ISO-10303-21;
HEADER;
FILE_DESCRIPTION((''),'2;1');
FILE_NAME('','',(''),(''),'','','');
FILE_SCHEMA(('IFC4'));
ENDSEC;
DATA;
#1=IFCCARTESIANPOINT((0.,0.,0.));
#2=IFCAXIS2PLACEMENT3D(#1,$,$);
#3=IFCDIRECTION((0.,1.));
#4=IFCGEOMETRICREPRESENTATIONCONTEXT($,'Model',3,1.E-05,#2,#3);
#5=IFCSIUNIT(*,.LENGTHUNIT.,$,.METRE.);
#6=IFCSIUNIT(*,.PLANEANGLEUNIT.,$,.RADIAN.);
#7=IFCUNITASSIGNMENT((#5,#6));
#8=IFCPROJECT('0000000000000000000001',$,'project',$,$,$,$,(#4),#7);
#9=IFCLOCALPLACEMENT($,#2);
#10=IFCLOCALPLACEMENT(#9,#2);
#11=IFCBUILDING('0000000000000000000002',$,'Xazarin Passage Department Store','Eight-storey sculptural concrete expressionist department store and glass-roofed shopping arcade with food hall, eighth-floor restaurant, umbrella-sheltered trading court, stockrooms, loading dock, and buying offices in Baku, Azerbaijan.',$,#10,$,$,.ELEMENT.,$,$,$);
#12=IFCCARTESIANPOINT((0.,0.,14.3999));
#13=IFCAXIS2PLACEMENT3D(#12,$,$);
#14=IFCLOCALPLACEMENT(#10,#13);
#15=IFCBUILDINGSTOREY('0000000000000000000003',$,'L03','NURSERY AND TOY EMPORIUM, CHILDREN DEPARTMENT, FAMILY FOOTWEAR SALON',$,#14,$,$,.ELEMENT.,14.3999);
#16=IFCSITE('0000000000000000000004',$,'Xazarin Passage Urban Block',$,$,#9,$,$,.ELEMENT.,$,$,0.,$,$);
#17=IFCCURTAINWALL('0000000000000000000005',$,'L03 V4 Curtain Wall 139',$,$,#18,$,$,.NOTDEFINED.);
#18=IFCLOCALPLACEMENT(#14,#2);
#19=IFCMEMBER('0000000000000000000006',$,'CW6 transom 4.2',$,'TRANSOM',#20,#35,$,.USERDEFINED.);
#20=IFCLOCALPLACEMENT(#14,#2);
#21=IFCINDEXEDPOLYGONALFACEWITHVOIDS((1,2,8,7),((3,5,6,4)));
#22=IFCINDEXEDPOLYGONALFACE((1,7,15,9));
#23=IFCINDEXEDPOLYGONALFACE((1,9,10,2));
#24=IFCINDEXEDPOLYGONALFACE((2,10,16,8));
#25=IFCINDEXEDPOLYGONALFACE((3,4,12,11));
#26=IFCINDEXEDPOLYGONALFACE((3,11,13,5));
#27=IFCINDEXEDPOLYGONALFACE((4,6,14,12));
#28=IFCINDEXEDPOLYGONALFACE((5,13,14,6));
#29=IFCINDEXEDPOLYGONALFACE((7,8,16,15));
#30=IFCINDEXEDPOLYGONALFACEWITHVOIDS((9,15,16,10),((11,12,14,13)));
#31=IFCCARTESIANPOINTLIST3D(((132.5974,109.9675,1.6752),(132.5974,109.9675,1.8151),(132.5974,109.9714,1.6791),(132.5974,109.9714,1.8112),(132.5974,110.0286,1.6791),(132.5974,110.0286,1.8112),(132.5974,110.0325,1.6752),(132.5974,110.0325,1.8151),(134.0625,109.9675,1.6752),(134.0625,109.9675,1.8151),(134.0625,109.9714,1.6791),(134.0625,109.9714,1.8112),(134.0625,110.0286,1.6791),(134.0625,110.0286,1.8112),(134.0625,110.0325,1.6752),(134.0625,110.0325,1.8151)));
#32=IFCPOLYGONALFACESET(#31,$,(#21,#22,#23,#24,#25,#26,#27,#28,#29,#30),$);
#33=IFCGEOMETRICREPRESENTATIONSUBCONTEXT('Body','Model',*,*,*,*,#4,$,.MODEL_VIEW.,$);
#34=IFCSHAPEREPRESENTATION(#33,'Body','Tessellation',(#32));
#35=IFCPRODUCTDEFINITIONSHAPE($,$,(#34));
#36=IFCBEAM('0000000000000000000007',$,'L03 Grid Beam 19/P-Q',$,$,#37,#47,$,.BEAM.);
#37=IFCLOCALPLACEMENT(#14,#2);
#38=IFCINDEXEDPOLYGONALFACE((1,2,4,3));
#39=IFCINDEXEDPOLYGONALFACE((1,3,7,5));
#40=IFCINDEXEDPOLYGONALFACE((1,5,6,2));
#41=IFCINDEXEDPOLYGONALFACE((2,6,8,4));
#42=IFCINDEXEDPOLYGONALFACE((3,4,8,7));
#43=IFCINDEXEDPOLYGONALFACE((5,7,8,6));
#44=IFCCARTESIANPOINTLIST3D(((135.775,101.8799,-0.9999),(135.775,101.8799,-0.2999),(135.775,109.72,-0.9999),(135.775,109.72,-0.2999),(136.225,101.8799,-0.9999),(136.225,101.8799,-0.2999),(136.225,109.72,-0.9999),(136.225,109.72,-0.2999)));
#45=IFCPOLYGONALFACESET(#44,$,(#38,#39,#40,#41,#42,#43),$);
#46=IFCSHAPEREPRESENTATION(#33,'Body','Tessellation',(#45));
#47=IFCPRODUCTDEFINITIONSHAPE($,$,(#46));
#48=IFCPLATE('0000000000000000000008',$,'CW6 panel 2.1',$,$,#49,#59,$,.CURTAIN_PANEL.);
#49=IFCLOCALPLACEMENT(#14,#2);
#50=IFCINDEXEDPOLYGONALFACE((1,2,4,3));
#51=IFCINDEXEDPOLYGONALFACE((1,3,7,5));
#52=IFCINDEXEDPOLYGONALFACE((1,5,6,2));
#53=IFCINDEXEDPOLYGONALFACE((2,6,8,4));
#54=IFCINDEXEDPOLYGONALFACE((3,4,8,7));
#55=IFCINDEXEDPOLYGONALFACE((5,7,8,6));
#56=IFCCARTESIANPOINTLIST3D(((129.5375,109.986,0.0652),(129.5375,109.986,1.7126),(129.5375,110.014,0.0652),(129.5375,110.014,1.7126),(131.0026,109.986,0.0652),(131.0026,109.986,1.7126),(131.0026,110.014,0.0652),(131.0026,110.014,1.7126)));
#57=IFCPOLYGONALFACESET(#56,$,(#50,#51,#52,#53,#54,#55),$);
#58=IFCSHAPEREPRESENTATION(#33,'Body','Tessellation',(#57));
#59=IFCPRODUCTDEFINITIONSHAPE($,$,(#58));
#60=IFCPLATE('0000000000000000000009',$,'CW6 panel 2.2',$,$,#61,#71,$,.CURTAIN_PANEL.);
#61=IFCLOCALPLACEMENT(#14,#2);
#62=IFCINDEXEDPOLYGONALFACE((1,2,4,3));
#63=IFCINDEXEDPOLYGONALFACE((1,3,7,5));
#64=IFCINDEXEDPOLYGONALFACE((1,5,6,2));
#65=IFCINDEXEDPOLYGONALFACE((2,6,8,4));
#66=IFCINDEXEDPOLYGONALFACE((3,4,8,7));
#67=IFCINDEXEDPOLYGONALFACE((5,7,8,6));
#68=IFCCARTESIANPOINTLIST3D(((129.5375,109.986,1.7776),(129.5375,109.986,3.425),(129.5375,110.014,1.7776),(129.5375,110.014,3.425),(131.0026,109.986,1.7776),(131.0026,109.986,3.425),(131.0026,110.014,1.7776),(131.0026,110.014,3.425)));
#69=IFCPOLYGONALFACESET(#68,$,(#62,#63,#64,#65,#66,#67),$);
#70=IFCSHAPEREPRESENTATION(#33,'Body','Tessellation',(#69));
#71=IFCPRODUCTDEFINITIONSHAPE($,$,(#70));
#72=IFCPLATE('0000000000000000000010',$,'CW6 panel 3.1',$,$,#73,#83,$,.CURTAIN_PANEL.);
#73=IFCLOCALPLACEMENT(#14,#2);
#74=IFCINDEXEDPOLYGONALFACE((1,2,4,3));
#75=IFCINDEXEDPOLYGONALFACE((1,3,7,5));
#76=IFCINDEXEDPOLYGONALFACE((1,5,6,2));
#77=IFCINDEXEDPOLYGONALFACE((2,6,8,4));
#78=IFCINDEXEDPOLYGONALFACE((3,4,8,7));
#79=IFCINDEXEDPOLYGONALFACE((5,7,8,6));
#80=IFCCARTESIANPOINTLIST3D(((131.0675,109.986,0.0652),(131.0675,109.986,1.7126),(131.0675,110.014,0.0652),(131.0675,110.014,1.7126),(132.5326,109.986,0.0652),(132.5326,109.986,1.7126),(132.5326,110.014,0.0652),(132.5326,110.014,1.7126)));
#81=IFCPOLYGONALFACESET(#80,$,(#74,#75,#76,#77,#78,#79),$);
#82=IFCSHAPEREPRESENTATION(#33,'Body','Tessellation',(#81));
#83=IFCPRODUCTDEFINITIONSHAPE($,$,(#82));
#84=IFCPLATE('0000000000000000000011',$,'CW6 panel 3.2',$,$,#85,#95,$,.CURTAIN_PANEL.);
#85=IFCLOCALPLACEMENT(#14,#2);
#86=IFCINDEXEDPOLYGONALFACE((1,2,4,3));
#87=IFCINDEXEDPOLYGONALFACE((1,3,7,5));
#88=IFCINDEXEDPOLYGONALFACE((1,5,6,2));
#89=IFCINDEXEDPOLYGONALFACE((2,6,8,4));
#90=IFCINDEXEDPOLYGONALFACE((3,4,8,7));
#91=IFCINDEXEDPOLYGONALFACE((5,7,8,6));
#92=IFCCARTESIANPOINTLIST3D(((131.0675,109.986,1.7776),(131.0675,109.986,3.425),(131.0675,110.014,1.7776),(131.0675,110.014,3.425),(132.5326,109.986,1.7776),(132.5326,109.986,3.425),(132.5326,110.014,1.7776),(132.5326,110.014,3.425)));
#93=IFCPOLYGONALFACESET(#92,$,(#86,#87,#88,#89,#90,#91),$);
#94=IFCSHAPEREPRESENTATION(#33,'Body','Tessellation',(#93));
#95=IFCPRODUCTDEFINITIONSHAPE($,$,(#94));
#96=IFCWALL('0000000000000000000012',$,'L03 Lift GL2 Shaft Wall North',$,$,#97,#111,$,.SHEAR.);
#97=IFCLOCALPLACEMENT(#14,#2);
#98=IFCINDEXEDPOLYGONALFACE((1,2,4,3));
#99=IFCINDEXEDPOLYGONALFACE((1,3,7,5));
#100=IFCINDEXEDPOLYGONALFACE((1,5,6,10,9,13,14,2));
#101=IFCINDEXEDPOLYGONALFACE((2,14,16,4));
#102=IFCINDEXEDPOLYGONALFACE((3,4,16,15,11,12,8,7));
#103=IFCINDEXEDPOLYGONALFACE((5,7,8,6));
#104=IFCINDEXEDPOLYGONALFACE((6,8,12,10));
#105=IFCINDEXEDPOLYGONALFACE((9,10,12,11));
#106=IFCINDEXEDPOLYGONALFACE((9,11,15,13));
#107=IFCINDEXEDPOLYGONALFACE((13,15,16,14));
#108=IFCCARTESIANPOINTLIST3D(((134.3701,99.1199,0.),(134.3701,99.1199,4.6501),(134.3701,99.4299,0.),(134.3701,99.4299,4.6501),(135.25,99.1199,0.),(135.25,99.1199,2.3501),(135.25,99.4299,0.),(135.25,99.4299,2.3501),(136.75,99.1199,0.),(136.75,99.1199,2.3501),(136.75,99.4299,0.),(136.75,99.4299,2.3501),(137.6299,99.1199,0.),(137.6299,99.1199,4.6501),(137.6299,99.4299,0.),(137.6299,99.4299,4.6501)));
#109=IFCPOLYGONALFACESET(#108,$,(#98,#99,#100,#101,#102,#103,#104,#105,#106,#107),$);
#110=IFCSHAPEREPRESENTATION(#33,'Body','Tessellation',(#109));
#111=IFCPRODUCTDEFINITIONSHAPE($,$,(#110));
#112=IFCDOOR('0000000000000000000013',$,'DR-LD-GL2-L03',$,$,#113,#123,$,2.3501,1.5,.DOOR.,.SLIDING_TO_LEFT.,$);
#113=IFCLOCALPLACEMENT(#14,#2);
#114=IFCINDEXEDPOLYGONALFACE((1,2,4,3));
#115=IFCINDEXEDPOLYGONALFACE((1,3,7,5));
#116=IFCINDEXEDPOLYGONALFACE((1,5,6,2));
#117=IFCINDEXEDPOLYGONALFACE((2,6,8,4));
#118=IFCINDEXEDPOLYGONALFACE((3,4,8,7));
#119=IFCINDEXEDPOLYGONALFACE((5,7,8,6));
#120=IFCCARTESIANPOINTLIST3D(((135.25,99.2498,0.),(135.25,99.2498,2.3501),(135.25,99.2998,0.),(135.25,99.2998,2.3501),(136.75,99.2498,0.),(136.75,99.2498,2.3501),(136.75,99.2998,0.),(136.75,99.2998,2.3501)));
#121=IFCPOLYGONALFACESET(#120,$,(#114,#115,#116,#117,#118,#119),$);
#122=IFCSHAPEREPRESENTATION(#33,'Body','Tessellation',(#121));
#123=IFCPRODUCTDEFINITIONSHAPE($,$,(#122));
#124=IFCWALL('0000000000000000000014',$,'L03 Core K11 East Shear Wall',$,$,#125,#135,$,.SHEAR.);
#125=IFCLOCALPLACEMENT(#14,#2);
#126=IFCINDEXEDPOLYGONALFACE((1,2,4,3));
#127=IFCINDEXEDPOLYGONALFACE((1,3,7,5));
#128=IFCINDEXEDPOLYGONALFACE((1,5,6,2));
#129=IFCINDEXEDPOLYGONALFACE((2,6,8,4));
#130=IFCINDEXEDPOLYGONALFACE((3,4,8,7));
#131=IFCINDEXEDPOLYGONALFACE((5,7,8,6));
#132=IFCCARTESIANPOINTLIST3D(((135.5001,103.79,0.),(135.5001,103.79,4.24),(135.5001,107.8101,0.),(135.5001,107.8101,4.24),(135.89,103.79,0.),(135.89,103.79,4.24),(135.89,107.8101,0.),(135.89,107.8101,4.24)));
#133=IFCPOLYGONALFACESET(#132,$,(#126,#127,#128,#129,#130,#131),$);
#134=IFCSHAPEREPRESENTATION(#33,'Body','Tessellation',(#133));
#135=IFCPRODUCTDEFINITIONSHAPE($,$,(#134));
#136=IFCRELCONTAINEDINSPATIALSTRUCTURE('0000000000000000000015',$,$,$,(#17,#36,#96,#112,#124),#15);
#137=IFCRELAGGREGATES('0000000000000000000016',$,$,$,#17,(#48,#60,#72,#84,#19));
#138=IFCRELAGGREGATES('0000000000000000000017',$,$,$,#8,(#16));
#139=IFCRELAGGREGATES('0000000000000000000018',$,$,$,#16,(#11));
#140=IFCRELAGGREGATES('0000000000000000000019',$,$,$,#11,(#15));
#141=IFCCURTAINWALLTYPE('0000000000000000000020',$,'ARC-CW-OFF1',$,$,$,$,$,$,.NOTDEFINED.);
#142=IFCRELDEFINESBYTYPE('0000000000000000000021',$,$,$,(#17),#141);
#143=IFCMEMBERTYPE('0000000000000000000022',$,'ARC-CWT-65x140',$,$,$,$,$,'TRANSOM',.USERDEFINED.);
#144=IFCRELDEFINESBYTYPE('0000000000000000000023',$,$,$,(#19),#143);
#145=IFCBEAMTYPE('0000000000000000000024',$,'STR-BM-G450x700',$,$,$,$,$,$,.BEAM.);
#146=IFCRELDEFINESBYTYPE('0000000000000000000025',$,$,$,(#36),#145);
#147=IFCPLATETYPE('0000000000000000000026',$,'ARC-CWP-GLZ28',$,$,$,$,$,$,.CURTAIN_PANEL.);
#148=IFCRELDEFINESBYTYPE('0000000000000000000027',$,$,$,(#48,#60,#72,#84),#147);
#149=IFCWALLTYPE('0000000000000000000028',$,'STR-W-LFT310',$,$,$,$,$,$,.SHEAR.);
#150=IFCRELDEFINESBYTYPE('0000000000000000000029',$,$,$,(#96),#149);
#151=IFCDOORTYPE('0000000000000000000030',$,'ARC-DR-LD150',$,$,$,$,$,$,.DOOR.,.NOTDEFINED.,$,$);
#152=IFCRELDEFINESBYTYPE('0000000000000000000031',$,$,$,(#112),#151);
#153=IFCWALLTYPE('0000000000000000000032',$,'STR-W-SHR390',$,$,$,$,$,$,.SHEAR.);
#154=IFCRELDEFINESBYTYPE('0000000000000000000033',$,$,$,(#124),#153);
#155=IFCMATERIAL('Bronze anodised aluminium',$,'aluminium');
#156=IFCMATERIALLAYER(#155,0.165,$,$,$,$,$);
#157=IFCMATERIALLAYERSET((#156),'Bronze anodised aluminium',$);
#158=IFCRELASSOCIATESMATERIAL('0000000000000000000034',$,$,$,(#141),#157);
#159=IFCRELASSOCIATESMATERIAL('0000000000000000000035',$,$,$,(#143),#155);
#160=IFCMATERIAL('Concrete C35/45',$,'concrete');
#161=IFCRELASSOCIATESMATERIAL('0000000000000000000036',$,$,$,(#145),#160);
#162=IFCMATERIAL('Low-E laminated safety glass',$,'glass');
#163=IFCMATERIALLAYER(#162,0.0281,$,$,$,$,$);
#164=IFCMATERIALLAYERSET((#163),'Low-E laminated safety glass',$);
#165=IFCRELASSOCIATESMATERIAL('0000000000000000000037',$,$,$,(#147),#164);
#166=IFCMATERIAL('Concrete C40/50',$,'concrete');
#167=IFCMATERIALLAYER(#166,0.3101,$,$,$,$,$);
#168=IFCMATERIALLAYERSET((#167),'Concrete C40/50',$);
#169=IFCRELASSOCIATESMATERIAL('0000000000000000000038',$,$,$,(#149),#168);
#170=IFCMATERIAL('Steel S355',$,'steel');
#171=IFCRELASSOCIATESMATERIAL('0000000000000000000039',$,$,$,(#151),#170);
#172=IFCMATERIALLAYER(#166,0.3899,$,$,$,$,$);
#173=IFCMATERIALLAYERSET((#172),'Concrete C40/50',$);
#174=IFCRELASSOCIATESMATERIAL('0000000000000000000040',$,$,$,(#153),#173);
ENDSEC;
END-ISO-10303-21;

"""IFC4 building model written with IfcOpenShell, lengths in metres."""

from ifc_helpers import new_model, si_unit, direction, frame, frame_2d, origin, origin_2d, place, context, subcontext, project, spatial, rectangle, hollow_rectangle, extrude, material, layer, layer_set, material_profile, profile_set, type_object, element, fill, aggregate, save


model = new_model("IFC4")

# Units and contexts
model_context = context("Model", 3, precision=1e-05, world=origin(), true_north=direction((0.0, 1.0)))
body_context = subcontext(model_context, "Body", "Model", "MODEL_VIEW")
ifc_project = project(units=[si_unit("LENGTHUNIT", "METRE"), si_unit("PLANEANGLEUNIT", "RADIAN")], contexts=[model_context])

# Site, building, storey
site_placement = place(None, origin())
site = spatial("IfcSite", under=ifc_project, at=site_placement, Name="Xazarin Passage Urban Block", CompositionType="ELEMENT", RefElevation=0.0)
building_placement = place(site_placement, origin())
building = spatial("IfcBuilding", under=site, at=building_placement, Name="Xazarin Passage Department Store", Description="Eight-storey sculptural concrete expressionist department store and glass-roofed shopping arcade with food hall, eighth-floor restaurant, umbrella-sheltered trading court, stockrooms, loading dock, and buying offices in Baku, Azerbaijan.", CompositionType="ELEMENT")
storey_placement = place(building_placement, frame((0.0, 0.0, 14.3999)))
storey = spatial("IfcBuildingStorey", under=building, at=storey_placement, Name="L03", Description="NURSERY AND TOY EMPORIUM, CHILDREN DEPARTMENT, FAMILY FOOTWEAR SALON", CompositionType="ELEMENT", Elevation=14.3999)

# Shared definitions
ifc_material_1 = material(Name="Concrete C40/50", Category="concrete")

# Curtain wall, member
ifc_material_2 = material(Name="Bronze anodised aluminium", Category="aluminium")
ifc_layer_1 = layer(ifc_material_2, 0.165)
ifc_layer_set_1 = layer_set([ifc_layer_1], Name="Bronze anodised aluminium")
curtain_wall_type = type_object("IfcCurtainWallType", Name="ARC-CW-OFF1", PredefinedType="NOTDEFINED", material=ifc_layer_set_1)
curtain_wall_placement = place(storey_placement, origin())
curtain_wall = element("IfcCurtainWall", 1, at=curtain_wall_placement, inside=storey, type_object=curtain_wall_type, Name="L03 V4 Curtain Wall 139", PredefinedType="NOTDEFINED")
ifc_material_profile_1 = material_profile(ifc_material_2, hollow_rectangle(XDim=0.0649, YDim=0.1399, WallThickness=0.0039, at=origin_2d()), Name="ALU 65x140")
ifc_profile_set_1 = profile_set([ifc_material_profile_1], Name="Bronze anodised aluminium")
member_type_1 = type_object("IfcMemberType", Name="ARC-CWT-65x140", ElementType="TRANSOM", PredefinedType="USERDEFINED", material=ifc_profile_set_1)
member_1_placement = place(storey_placement, frame((132.5974, 110.0, 1.7451), z_axis=(1.0, 0.0, 0.0), x_axis=(0.0, 1.0, 0.0)))
member_1 = element("IfcMember", 2, at=member_1_placement, type_object=member_type_1, Name="CW6 transom 4.2", ObjectType="TRANSOM", PredefinedType="USERDEFINED", context=body_context, shape_type="SweptSolid", body=[
    extrude(hollow_rectangle(XDim=0.0649, YDim=0.1399, WallThickness=0.0039, at=origin_2d()), origin(), (0.0, 0.0, 1.0), 1.4651),
])

# Beam
ifc_material_3 = material(Name="Concrete C35/45", Category="concrete")
ifc_material_profile_2 = material_profile(ifc_material_3, rectangle(XDim=0.45, YDim=0.7, at=origin_2d()), Name="RC 450x700")
ifc_profile_set_2 = profile_set([ifc_material_profile_2], Name="Concrete C35/45")
beam_type = type_object("IfcBeamType", Name="STR-BM-G450x700", PredefinedType="BEAM", material=ifc_profile_set_2)
beam_placement = place(storey_placement, frame((136.0, 101.8799, -0.6499), z_axis=(0.0, 1.0, 0.0), x_axis=(-1.0, 0.0, 0.0)))
element("IfcBeam", 3, at=beam_placement, inside=storey, type_object=beam_type, Name="L03 Grid Beam 19/P-Q", PredefinedType="BEAM", context=body_context, shape_type="SweptSolid", body=[
    extrude(rectangle(XDim=0.45, YDim=0.7, at=origin_2d()), origin(), (0.0, 0.0, 1.0), 7.8401),
])

# Plates
ifc_material_4 = material(Name="Low-E laminated safety glass", Category="glass")
ifc_layer_2 = layer(ifc_material_4, 0.0281)
ifc_layer_set_2 = layer_set([ifc_layer_2], Name="Low-E laminated safety glass")
plate_type = type_object("IfcPlateType", Name="ARC-CWP-GLZ28", PredefinedType="CURTAIN_PANEL", material=ifc_layer_set_2)
plate_1_placement = place(storey_placement, frame((130.27, 110.0, 0.0652), z_axis=(0.0, 0.0, 1.0), x_axis=(1.0, 0.0, 0.0)))
plate_1 = element("IfcPlate", 4, at=plate_1_placement, type_object=plate_type, Name="CW6 panel 2.1", PredefinedType="CURTAIN_PANEL", context=body_context, shape_type="SweptSolid", body=[
    extrude(rectangle(XDim=1.4651, YDim=0.0281, at=origin_2d()), origin(), (0.0, 0.0, 1.0), 1.6475),
])
plate_2_placement = place(storey_placement, frame((130.27, 110.0, 1.7776), z_axis=(0.0, 0.0, 1.0), x_axis=(1.0, 0.0, 0.0)))
plate_2 = element("IfcPlate", 5, at=plate_2_placement, type_object=plate_type, Name="CW6 panel 2.2", PredefinedType="CURTAIN_PANEL", context=body_context, shape_type="SweptSolid", body=[
    extrude(rectangle(XDim=1.4651, YDim=0.0281, at=origin_2d()), origin(), (0.0, 0.0, 1.0), 1.6475),
])
plate_3_placement = place(storey_placement, frame((131.8, 110.0, 0.0652), z_axis=(0.0, 0.0, 1.0), x_axis=(1.0, 0.0, 0.0)))
plate_3 = element("IfcPlate", 6, at=plate_3_placement, type_object=plate_type, Name="CW6 panel 3.1", PredefinedType="CURTAIN_PANEL", context=body_context, shape_type="SweptSolid", body=[
    extrude(rectangle(XDim=1.4651, YDim=0.0281, at=origin_2d()), origin(), (0.0, 0.0, 1.0), 1.6475),
])
plate_4_placement = place(storey_placement, frame((131.8, 110.0, 1.7776), z_axis=(0.0, 0.0, 1.0), x_axis=(1.0, 0.0, 0.0)))
plate_4 = element("IfcPlate", 7, at=plate_4_placement, type_object=plate_type, Name="CW6 panel 3.2", PredefinedType="CURTAIN_PANEL", context=body_context, shape_type="SweptSolid", body=[
    extrude(rectangle(XDim=1.4651, YDim=0.0281, at=origin_2d()), origin(), (0.0, 0.0, 1.0), 1.6475),
])
aggregate(curtain_wall, [plate_1, plate_2, plate_3, plate_4, member_1])

# Wall, opening, door
ifc_layer_3 = layer(ifc_material_1, 0.3101)
ifc_layer_set_3 = layer_set([ifc_layer_3], Name="Concrete C40/50")
wall_type_1 = type_object("IfcWallType", Name="STR-W-LFT310", PredefinedType="SHEAR", material=ifc_layer_set_3)
wall_1_placement = place(storey_placement, frame((134.3701, 99.2749, 0.0), z_axis=(0.0, 0.0, 1.0), x_axis=(1.0, 0.0, 0.0)))
wall_1 = element("IfcWall", 8, at=wall_1_placement, inside=storey, type_object=wall_type_1, Name="L03 Lift GL2 Shaft Wall North", PredefinedType="SHEAR", context=body_context, shape_type="SweptSolid", body=[
    extrude(rectangle(XDim=3.2598, YDim=0.3101, at=frame_2d((1.6299, 0.0))), origin(), (0.0, 0.0, 1.0), 4.6501),
])
opening_placement = place(wall_1_placement, frame((0.8799, 0.0, 0.0)))
opening = element("IfcOpeningElement", 9, at=opening_placement, cuts=wall_1, PredefinedType="OPENING", context=body_context, shape_type="SweptSolid", body=[
    extrude(rectangle(XDim=1.5, YDim=2.3501, at=frame_2d((0.75, 1.175))), frame((0.0, 0.165, 0.0), z_axis=(0.0, -1.0, 0.0), x_axis=(1.0, 0.0, 0.0)), (0.0, 0.0, 1.0), 0.3301),
])
ifc_material_5 = material(Name="Steel S355", Category="steel")
door_type = type_object("IfcDoorType", Name="ARC-DR-LD150", OperationType="NOTDEFINED", PredefinedType="DOOR", material=ifc_material_5)
door_placement = place(opening_placement, origin())
door = element("IfcDoor", 10, at=door_placement, inside=storey, type_object=door_type, Name="DR-LD-GL2-L03", OperationType="SLIDING_TO_LEFT", OverallHeight=2.3501, OverallWidth=1.5, PredefinedType="DOOR", context=body_context, shape_type="SweptSolid", body=[
    extrude(rectangle(XDim=1.5, YDim=2.3501, at=frame_2d((0.75, 1.175))), frame((0.0, 0.0249, 0.0), z_axis=(0.0, -1.0, 0.0), x_axis=(1.0, 0.0, 0.0)), (0.0, 0.0, 1.0), 0.05),
])
fill(opening, door)

# Wall
ifc_layer_4 = layer(ifc_material_1, 0.3899)
ifc_layer_set_4 = layer_set([ifc_layer_4], Name="Concrete C40/50")
wall_type_2 = type_object("IfcWallType", Name="STR-W-SHR390", PredefinedType="SHEAR", material=ifc_layer_set_4)
wall_2_placement = place(storey_placement, frame((135.6951, 103.79, 0.0), z_axis=(0.0, 0.0, 1.0), x_axis=(0.0, 1.0, 0.0)))
element("IfcWall", 11, at=wall_2_placement, inside=storey, type_object=wall_type_2, Name="L03 Core K11 East Shear Wall", PredefinedType="SHEAR", context=body_context, shape_type="SweptSolid", body=[
    extrude(rectangle(XDim=4.02, YDim=0.3899, at=frame_2d((2.01, 0.0))), origin(), (0.0, 0.0, 1.0), 4.24),
])

save(model, "model.ifc")
